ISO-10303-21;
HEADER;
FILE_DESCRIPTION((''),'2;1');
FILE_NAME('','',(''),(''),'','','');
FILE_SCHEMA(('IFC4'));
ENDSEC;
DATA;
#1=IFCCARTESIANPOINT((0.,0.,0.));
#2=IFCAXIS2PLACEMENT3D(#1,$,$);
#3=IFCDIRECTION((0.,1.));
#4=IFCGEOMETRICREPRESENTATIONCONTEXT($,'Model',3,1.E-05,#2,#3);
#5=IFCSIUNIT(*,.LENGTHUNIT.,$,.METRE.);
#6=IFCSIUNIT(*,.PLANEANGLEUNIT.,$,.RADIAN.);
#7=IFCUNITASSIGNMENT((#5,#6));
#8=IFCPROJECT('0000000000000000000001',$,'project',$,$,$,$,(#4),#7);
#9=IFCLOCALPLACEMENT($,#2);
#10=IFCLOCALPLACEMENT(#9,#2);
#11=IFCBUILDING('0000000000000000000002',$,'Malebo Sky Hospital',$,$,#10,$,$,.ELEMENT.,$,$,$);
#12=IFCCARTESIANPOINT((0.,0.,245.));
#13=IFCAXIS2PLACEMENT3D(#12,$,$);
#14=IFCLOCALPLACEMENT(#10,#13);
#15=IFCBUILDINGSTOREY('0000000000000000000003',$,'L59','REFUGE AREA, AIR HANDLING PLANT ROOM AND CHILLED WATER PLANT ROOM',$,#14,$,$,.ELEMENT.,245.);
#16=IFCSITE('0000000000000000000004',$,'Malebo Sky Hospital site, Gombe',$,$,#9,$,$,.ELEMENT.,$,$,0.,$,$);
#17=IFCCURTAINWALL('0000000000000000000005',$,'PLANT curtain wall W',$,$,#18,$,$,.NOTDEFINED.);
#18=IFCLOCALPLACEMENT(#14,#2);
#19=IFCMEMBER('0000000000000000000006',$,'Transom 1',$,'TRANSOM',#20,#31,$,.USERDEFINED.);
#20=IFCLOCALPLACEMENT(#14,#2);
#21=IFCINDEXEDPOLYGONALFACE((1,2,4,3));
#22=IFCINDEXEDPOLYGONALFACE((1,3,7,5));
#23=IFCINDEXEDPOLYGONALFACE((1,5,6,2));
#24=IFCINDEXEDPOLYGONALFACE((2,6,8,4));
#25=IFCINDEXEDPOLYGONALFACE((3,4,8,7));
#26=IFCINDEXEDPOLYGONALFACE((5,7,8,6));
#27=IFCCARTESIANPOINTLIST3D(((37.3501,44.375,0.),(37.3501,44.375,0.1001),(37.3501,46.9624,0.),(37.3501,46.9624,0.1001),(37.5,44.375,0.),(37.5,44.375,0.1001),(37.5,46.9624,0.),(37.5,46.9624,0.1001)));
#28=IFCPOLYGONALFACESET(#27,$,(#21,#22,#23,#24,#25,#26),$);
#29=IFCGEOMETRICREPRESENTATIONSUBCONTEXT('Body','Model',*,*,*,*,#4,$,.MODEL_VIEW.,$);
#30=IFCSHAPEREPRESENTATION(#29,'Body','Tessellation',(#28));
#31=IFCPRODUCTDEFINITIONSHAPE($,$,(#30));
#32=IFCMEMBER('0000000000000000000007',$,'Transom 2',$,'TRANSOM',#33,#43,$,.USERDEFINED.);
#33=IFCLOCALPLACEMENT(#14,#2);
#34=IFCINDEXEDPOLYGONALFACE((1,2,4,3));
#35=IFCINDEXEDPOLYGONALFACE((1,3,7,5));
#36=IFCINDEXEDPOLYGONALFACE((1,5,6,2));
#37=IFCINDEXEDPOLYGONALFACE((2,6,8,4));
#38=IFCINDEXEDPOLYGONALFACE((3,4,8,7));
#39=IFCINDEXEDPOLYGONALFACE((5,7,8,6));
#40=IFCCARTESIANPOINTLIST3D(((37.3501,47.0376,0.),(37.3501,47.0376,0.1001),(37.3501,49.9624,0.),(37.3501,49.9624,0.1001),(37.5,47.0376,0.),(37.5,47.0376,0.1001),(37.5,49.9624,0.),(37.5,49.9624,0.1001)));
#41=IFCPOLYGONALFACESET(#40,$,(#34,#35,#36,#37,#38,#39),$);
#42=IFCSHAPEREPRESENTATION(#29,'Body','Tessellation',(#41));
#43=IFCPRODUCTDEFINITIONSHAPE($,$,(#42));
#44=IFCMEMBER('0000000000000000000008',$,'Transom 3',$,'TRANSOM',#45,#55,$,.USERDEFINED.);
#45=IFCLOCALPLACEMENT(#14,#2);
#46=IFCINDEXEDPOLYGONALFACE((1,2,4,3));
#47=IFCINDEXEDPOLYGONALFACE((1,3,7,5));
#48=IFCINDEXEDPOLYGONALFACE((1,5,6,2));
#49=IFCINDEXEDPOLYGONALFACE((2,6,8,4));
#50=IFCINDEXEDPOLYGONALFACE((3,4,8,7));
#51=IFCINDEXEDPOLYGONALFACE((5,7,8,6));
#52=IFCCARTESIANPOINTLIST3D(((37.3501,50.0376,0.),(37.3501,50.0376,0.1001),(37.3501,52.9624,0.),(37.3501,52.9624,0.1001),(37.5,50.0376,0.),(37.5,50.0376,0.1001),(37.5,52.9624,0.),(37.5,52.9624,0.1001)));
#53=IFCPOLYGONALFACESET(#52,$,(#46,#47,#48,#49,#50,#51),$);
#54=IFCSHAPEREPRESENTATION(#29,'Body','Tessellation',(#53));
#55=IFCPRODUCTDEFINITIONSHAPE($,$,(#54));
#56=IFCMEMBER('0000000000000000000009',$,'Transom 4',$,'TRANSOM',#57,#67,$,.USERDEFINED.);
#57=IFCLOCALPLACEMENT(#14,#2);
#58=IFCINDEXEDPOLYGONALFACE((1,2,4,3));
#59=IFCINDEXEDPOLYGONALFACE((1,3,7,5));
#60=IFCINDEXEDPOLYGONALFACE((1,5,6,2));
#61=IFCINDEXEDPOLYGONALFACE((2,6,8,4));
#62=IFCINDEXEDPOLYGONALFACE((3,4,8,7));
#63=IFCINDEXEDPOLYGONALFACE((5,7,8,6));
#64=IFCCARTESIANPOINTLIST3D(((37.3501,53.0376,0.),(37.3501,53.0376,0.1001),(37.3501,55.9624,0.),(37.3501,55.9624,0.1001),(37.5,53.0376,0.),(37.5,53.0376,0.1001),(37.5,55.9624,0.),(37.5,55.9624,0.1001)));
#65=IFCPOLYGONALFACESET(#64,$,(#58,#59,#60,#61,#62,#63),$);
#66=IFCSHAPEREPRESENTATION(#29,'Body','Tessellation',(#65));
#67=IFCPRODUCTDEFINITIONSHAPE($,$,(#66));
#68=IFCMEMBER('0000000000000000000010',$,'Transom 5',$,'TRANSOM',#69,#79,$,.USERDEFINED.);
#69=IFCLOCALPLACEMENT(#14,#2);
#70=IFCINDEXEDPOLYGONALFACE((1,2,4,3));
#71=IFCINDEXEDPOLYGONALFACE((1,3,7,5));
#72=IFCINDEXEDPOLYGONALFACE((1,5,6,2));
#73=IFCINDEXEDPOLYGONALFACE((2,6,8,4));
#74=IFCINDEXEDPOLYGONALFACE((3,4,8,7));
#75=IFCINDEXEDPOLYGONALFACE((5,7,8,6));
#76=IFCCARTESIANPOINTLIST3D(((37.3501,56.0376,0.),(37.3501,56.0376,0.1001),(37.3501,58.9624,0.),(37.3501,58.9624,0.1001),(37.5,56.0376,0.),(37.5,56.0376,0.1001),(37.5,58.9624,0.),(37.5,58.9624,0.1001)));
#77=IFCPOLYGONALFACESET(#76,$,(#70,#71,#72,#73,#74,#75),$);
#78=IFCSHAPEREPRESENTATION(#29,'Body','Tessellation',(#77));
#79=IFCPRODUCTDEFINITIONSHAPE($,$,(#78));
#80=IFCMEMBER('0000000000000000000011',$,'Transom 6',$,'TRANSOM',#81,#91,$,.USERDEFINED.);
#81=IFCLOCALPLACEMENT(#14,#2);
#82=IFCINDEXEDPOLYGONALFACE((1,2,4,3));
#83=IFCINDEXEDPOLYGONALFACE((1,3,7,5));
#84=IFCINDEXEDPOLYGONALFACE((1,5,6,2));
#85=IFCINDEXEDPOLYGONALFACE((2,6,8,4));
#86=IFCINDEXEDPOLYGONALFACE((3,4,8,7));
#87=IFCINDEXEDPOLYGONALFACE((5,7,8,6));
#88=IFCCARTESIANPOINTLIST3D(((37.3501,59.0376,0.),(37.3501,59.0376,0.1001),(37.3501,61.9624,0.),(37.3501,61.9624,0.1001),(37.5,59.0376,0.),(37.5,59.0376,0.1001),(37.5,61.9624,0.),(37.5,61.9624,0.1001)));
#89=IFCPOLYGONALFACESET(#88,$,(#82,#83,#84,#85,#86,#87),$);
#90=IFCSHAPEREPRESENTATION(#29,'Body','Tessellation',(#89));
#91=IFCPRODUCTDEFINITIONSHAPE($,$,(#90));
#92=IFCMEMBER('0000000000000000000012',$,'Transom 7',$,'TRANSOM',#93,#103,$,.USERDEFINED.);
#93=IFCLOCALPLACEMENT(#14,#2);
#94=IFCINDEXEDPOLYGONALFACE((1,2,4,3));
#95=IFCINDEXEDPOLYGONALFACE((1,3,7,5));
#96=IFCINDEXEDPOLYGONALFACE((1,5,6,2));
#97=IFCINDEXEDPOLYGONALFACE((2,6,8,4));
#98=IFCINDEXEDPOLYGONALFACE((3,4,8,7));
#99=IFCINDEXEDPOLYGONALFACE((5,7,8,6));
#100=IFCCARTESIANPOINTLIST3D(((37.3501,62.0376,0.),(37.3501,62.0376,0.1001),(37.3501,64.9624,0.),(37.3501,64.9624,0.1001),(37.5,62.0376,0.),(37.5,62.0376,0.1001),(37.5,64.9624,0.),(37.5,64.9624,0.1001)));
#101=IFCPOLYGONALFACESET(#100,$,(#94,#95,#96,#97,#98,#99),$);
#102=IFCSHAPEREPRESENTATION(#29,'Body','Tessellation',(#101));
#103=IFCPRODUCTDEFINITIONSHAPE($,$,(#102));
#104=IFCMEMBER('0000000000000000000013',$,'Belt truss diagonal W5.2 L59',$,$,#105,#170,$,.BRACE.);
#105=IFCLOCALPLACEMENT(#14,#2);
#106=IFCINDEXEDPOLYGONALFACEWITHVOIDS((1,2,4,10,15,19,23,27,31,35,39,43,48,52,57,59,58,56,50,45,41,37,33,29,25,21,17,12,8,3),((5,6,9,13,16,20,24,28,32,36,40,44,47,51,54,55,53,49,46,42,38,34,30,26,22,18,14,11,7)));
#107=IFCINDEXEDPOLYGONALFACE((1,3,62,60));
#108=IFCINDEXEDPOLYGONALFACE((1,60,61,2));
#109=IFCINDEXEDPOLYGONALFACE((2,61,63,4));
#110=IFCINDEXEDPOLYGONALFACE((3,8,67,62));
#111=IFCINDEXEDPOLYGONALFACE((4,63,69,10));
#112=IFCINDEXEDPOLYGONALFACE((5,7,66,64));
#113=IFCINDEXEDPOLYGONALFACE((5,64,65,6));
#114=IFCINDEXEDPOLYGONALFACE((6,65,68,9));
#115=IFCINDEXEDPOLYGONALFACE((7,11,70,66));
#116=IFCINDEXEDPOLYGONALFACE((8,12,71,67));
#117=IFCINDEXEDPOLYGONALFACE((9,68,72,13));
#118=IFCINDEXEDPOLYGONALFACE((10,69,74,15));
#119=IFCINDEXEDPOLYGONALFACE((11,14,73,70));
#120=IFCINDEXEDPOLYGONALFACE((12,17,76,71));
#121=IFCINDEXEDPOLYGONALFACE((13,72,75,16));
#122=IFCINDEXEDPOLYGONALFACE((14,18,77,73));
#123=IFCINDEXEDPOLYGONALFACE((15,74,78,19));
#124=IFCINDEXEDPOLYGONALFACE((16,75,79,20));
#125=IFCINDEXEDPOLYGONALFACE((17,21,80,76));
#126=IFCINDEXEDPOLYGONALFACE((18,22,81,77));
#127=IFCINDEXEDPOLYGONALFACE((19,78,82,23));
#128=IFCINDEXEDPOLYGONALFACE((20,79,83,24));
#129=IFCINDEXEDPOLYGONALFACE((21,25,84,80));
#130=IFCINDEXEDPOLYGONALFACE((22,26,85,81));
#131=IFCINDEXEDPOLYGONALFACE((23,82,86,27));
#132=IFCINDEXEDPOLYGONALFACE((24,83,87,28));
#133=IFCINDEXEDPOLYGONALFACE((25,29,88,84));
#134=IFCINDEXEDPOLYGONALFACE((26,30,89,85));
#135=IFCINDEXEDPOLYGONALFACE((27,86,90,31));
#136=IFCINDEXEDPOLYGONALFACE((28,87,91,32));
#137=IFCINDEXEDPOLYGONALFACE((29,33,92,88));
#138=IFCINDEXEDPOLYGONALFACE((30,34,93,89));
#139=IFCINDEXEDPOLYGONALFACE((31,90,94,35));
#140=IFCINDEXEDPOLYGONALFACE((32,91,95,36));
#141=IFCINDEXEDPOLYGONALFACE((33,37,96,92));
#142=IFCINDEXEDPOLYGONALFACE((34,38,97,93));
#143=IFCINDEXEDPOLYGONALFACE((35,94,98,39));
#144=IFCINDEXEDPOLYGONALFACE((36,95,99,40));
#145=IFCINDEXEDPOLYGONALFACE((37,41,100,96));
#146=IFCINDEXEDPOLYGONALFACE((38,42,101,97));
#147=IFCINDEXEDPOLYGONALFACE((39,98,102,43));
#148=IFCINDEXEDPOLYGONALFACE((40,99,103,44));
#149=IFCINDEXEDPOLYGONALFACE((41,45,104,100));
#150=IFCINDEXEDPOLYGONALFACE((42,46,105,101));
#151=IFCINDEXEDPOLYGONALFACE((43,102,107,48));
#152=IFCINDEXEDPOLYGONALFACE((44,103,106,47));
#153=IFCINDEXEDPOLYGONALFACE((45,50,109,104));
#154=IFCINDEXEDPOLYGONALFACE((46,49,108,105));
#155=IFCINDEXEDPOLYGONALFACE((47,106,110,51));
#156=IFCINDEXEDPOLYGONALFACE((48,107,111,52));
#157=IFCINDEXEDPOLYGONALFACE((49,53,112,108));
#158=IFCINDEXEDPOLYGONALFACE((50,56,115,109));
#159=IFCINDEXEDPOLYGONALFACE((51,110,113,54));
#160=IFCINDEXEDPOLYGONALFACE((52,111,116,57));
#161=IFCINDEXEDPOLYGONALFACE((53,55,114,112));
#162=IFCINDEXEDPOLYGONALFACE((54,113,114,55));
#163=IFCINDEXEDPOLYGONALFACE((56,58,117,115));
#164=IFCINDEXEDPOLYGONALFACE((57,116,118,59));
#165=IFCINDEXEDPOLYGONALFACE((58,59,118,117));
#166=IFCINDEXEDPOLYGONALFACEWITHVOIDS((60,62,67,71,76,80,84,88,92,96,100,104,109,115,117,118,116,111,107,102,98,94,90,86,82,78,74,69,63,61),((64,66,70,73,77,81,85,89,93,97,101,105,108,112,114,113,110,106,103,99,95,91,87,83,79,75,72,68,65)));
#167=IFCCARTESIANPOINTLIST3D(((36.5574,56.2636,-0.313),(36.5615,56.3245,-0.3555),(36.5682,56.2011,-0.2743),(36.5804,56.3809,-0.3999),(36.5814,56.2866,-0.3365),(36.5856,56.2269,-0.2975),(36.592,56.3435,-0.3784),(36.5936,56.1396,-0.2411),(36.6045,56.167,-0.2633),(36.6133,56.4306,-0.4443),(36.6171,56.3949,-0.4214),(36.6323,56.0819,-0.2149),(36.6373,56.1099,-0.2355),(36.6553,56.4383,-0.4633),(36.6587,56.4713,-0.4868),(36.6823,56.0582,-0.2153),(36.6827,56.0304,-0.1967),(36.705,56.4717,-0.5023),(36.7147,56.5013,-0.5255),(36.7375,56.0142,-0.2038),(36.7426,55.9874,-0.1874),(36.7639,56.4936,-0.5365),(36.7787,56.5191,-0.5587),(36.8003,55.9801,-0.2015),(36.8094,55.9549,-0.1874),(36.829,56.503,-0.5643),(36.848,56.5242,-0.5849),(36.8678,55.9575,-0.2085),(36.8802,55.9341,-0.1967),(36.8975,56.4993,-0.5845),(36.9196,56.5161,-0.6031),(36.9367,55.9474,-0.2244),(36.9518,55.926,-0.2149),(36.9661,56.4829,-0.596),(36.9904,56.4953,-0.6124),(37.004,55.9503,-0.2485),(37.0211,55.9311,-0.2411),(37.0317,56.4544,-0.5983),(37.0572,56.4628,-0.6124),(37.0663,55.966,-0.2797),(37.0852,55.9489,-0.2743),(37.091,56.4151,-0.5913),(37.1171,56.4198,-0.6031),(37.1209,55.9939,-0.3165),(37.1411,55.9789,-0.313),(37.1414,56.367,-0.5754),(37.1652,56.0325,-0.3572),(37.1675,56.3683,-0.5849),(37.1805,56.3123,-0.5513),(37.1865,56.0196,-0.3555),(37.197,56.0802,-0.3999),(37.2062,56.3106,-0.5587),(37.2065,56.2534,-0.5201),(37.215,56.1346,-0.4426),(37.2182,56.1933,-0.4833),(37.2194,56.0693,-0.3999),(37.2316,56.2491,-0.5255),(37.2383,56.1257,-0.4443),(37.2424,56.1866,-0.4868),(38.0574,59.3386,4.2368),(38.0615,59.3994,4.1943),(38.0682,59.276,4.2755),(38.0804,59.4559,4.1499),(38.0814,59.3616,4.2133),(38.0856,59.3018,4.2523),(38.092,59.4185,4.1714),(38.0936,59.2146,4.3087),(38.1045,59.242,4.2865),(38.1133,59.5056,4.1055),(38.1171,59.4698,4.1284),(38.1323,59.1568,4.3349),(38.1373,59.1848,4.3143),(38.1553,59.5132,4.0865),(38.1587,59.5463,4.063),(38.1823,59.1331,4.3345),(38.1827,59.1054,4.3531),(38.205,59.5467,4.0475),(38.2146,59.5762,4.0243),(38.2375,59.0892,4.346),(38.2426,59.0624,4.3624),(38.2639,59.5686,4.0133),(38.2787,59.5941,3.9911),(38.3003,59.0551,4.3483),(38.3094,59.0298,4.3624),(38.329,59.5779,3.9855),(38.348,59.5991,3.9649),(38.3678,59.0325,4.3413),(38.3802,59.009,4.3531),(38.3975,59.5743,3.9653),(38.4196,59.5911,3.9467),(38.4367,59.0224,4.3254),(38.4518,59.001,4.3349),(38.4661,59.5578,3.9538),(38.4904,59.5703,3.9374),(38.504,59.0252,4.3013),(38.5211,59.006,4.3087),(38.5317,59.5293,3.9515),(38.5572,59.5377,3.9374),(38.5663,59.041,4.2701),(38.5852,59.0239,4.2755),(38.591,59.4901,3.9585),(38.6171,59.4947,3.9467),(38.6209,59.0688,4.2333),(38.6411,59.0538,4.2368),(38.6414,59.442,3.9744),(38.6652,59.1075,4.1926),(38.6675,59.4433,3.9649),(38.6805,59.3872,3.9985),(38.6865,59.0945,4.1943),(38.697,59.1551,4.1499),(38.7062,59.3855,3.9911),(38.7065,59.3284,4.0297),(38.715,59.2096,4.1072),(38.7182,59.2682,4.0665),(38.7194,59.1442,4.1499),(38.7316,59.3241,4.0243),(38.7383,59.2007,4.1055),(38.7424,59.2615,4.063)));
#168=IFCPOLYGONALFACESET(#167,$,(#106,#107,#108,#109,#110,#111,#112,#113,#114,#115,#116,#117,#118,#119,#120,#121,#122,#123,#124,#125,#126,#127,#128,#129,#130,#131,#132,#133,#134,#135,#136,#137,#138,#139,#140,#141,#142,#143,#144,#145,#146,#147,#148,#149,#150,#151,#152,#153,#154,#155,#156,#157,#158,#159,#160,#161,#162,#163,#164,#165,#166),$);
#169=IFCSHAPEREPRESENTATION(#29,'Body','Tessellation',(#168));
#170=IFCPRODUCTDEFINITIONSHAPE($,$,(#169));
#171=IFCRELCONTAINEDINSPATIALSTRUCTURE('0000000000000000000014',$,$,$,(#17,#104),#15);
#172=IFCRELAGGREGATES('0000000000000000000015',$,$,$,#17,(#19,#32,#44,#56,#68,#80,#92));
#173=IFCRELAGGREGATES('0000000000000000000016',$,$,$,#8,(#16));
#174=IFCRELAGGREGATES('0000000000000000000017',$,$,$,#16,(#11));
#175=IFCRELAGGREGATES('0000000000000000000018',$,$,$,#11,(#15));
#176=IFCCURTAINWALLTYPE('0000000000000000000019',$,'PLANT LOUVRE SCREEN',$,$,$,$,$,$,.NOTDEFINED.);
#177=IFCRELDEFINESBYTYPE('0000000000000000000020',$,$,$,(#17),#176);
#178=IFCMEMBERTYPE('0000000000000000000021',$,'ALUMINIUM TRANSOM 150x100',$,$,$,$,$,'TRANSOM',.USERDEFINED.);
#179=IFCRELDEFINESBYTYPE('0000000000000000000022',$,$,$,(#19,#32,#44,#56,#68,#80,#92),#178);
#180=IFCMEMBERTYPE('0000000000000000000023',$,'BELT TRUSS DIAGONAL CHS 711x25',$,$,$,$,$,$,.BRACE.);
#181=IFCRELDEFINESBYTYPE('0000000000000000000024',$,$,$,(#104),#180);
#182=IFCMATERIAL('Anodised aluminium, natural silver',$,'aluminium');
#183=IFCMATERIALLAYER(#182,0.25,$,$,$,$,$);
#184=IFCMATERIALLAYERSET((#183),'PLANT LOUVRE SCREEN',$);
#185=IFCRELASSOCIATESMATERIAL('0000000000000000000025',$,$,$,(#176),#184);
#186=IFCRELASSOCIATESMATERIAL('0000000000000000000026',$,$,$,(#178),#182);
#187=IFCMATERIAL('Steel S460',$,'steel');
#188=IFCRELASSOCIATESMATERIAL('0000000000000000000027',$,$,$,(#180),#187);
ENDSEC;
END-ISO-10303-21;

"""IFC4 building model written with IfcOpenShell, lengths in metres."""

from ifc_helpers import new_model, si_unit, direction, frame, origin, origin_2d, place, context, subcontext, project, spatial, rectangle, hollow_circle, extrude, material, layer, layer_set, material_profile, profile_set, type_object, element, aggregate, save


model = new_model("IFC4")

# Units and contexts
model_context = context("Model", 3, precision=1e-05, world=origin(), true_north=direction((0.0, 1.0)))
body_context = subcontext(model_context, "Body", "Model", "MODEL_VIEW")
ifc_project = project(units=[si_unit("LENGTHUNIT", "METRE"), si_unit("PLANEANGLEUNIT", "RADIAN")], contexts=[model_context])

# Site, building, storey
site_placement = place(None, origin())
site = spatial("IfcSite", under=ifc_project, at=site_placement, Name="Malebo Sky Hospital site, Gombe", CompositionType="ELEMENT", RefElevation=0.0)
building_placement = place(site_placement, origin())
building = spatial("IfcBuilding", under=site, at=building_placement, Name="Malebo Sky Hospital", CompositionType="ELEMENT")
storey_placement = place(building_placement, frame((0.0, 0.0, 245.0)))
storey = spatial("IfcBuildingStorey", under=building, at=storey_placement, Name="L59", Description="REFUGE AREA, AIR HANDLING PLANT ROOM AND CHILLED WATER PLANT ROOM", CompositionType="ELEMENT", Elevation=245.0)

# Curtain wall, members
ifc_material_1 = material(Name="Anodised aluminium, natural silver", Category="aluminium")
ifc_layer_1 = layer(ifc_material_1, 0.25)
ifc_layer_set_1 = layer_set([ifc_layer_1], Name="PLANT LOUVRE SCREEN")
curtain_wall_type = type_object("IfcCurtainWallType", Name="PLANT LOUVRE SCREEN", PredefinedType="NOTDEFINED", material=ifc_layer_set_1)
curtain_wall_placement = place(storey_placement, origin())
curtain_wall = element("IfcCurtainWall", 1, at=curtain_wall_placement, inside=storey, type_object=curtain_wall_type, Name="PLANT curtain wall W", PredefinedType="NOTDEFINED")
ifc_material_profile_1 = material_profile(ifc_material_1, rectangle(XDim=0.1499, YDim=0.1001, at=origin_2d()), Name="ALUMINIUM TRANSOM 150x100")
ifc_profile_set_1 = profile_set([ifc_material_profile_1], Name="Anodised aluminium, natural silver")
member_type_1 = type_object("IfcMemberType", Name="ALUMINIUM TRANSOM 150x100", ElementType="TRANSOM", PredefinedType="USERDEFINED", material=ifc_profile_set_1)
member_1_placement = place(storey_placement, frame((37.425, 44.375, 0.05), z_axis=(0.0, 1.0, 0.0), x_axis=(-1.0, 0.0, 0.0)))
member_1 = element("IfcMember", 2, at=member_1_placement, type_object=member_type_1, Name="Transom 1", ObjectType="TRANSOM", PredefinedType="USERDEFINED", context=body_context, shape_type="SweptSolid", body=[
    extrude(rectangle(XDim=0.1499, YDim=0.1001, at=origin_2d()), origin(), (0.0, 0.0, 1.0), 2.5874),
])
member_2_placement = place(storey_placement, frame((37.425, 47.0376, 0.05), z_axis=(0.0, 1.0, 0.0), x_axis=(-1.0, 0.0, 0.0)))
member_2 = element("IfcMember", 3, at=member_2_placement, type_object=member_type_1, Name="Transom 2", ObjectType="TRANSOM", PredefinedType="USERDEFINED", context=body_context, shape_type="SweptSolid", body=[
    extrude(rectangle(XDim=0.1499, YDim=0.1001, at=origin_2d()), origin(), (0.0, 0.0, 1.0), 2.9248),
])
member_3_placement = place(storey_placement, frame((37.425, 50.0376, 0.05), z_axis=(0.0, 1.0, 0.0), x_axis=(-1.0, 0.0, 0.0)))
member_3 = element("IfcMember", 4, at=member_3_placement, type_object=member_type_1, Name="Transom 3", ObjectType="TRANSOM", PredefinedType="USERDEFINED", context=body_context, shape_type="SweptSolid", body=[
    extrude(rectangle(XDim=0.1499, YDim=0.1001, at=origin_2d()), origin(), (0.0, 0.0, 1.0), 2.9248),
])
member_4_placement = place(storey_placement, frame((37.425, 53.0376, 0.05), z_axis=(0.0, 1.0, 0.0), x_axis=(-1.0, 0.0, 0.0)))
member_4 = element("IfcMember", 5, at=member_4_placement, type_object=member_type_1, Name="Transom 4", ObjectType="TRANSOM", PredefinedType="USERDEFINED", context=body_context, shape_type="SweptSolid", body=[
    extrude(rectangle(XDim=0.1499, YDim=0.1001, at=origin_2d()), origin(), (0.0, 0.0, 1.0), 2.9248),
])
member_5_placement = place(storey_placement, frame((37.425, 56.0376, 0.05), z_axis=(0.0, 1.0, 0.0), x_axis=(-1.0, 0.0, 0.0)))
member_5 = element("IfcMember", 6, at=member_5_placement, type_object=member_type_1, Name="Transom 5", ObjectType="TRANSOM", PredefinedType="USERDEFINED", context=body_context, shape_type="SweptSolid", body=[
    extrude(rectangle(XDim=0.1499, YDim=0.1001, at=origin_2d()), origin(), (0.0, 0.0, 1.0), 2.9248),
])
member_6_placement = place(storey_placement, frame((37.425, 59.0376, 0.05), z_axis=(0.0, 1.0, 0.0), x_axis=(-1.0, 0.0, 0.0)))
member_6 = element("IfcMember", 7, at=member_6_placement, type_object=member_type_1, Name="Transom 6", ObjectType="TRANSOM", PredefinedType="USERDEFINED", context=body_context, shape_type="SweptSolid", body=[
    extrude(rectangle(XDim=0.1499, YDim=0.1001, at=origin_2d()), origin(), (0.0, 0.0, 1.0), 2.9248),
])
member_7_placement = place(storey_placement, frame((37.425, 62.0376, 0.05), z_axis=(0.0, 1.0, 0.0), x_axis=(-1.0, 0.0, 0.0)))
member_7 = element("IfcMember", 8, at=member_7_placement, type_object=member_type_1, Name="Transom 7", ObjectType="TRANSOM", PredefinedType="USERDEFINED", context=body_context, shape_type="SweptSolid", body=[
    extrude(rectangle(XDim=0.1499, YDim=0.1001, at=origin_2d()), origin(), (0.0, 0.0, 1.0), 2.9248),
])

# Member
ifc_material_2 = material(Name="Steel S460", Category="steel")
ifc_material_profile_2 = material_profile(ifc_material_2, hollow_circle(Radius=0.3555, WallThickness=0.0249, at=origin_2d()), Name="CHS 711x25")
ifc_profile_set_2 = profile_set([ifc_material_profile_2], Name="Steel S460")
member_type_2 = type_object("IfcMemberType", Name="BELT TRUSS DIAGONAL CHS 711x25", PredefinedType="BRACE", material=ifc_profile_set_2)
member_8_placement = place(storey_placement, frame((38.3999, 59.3, 4.1499), z_axis=(-0.263499, -0.540163, -0.799245), x_axis=(0.898766, -0.438429, 0.0)))
element("IfcMember", 9, at=member_8_placement, inside=storey, type_object=member_type_2, Name="Belt truss diagonal W5.2 L59", PredefinedType="BRACE", context=body_context, shape_type="SweptSolid", body=[
    extrude(hollow_circle(Radius=0.3555, WallThickness=0.0249, at=origin_2d()), origin(), (0.0, 0.0, 1.0), 5.6926),
])

aggregate(curtain_wall, [member_1, member_2, member_3, member_4, member_5, member_6, member_7])

save(model, "model.ifc")
